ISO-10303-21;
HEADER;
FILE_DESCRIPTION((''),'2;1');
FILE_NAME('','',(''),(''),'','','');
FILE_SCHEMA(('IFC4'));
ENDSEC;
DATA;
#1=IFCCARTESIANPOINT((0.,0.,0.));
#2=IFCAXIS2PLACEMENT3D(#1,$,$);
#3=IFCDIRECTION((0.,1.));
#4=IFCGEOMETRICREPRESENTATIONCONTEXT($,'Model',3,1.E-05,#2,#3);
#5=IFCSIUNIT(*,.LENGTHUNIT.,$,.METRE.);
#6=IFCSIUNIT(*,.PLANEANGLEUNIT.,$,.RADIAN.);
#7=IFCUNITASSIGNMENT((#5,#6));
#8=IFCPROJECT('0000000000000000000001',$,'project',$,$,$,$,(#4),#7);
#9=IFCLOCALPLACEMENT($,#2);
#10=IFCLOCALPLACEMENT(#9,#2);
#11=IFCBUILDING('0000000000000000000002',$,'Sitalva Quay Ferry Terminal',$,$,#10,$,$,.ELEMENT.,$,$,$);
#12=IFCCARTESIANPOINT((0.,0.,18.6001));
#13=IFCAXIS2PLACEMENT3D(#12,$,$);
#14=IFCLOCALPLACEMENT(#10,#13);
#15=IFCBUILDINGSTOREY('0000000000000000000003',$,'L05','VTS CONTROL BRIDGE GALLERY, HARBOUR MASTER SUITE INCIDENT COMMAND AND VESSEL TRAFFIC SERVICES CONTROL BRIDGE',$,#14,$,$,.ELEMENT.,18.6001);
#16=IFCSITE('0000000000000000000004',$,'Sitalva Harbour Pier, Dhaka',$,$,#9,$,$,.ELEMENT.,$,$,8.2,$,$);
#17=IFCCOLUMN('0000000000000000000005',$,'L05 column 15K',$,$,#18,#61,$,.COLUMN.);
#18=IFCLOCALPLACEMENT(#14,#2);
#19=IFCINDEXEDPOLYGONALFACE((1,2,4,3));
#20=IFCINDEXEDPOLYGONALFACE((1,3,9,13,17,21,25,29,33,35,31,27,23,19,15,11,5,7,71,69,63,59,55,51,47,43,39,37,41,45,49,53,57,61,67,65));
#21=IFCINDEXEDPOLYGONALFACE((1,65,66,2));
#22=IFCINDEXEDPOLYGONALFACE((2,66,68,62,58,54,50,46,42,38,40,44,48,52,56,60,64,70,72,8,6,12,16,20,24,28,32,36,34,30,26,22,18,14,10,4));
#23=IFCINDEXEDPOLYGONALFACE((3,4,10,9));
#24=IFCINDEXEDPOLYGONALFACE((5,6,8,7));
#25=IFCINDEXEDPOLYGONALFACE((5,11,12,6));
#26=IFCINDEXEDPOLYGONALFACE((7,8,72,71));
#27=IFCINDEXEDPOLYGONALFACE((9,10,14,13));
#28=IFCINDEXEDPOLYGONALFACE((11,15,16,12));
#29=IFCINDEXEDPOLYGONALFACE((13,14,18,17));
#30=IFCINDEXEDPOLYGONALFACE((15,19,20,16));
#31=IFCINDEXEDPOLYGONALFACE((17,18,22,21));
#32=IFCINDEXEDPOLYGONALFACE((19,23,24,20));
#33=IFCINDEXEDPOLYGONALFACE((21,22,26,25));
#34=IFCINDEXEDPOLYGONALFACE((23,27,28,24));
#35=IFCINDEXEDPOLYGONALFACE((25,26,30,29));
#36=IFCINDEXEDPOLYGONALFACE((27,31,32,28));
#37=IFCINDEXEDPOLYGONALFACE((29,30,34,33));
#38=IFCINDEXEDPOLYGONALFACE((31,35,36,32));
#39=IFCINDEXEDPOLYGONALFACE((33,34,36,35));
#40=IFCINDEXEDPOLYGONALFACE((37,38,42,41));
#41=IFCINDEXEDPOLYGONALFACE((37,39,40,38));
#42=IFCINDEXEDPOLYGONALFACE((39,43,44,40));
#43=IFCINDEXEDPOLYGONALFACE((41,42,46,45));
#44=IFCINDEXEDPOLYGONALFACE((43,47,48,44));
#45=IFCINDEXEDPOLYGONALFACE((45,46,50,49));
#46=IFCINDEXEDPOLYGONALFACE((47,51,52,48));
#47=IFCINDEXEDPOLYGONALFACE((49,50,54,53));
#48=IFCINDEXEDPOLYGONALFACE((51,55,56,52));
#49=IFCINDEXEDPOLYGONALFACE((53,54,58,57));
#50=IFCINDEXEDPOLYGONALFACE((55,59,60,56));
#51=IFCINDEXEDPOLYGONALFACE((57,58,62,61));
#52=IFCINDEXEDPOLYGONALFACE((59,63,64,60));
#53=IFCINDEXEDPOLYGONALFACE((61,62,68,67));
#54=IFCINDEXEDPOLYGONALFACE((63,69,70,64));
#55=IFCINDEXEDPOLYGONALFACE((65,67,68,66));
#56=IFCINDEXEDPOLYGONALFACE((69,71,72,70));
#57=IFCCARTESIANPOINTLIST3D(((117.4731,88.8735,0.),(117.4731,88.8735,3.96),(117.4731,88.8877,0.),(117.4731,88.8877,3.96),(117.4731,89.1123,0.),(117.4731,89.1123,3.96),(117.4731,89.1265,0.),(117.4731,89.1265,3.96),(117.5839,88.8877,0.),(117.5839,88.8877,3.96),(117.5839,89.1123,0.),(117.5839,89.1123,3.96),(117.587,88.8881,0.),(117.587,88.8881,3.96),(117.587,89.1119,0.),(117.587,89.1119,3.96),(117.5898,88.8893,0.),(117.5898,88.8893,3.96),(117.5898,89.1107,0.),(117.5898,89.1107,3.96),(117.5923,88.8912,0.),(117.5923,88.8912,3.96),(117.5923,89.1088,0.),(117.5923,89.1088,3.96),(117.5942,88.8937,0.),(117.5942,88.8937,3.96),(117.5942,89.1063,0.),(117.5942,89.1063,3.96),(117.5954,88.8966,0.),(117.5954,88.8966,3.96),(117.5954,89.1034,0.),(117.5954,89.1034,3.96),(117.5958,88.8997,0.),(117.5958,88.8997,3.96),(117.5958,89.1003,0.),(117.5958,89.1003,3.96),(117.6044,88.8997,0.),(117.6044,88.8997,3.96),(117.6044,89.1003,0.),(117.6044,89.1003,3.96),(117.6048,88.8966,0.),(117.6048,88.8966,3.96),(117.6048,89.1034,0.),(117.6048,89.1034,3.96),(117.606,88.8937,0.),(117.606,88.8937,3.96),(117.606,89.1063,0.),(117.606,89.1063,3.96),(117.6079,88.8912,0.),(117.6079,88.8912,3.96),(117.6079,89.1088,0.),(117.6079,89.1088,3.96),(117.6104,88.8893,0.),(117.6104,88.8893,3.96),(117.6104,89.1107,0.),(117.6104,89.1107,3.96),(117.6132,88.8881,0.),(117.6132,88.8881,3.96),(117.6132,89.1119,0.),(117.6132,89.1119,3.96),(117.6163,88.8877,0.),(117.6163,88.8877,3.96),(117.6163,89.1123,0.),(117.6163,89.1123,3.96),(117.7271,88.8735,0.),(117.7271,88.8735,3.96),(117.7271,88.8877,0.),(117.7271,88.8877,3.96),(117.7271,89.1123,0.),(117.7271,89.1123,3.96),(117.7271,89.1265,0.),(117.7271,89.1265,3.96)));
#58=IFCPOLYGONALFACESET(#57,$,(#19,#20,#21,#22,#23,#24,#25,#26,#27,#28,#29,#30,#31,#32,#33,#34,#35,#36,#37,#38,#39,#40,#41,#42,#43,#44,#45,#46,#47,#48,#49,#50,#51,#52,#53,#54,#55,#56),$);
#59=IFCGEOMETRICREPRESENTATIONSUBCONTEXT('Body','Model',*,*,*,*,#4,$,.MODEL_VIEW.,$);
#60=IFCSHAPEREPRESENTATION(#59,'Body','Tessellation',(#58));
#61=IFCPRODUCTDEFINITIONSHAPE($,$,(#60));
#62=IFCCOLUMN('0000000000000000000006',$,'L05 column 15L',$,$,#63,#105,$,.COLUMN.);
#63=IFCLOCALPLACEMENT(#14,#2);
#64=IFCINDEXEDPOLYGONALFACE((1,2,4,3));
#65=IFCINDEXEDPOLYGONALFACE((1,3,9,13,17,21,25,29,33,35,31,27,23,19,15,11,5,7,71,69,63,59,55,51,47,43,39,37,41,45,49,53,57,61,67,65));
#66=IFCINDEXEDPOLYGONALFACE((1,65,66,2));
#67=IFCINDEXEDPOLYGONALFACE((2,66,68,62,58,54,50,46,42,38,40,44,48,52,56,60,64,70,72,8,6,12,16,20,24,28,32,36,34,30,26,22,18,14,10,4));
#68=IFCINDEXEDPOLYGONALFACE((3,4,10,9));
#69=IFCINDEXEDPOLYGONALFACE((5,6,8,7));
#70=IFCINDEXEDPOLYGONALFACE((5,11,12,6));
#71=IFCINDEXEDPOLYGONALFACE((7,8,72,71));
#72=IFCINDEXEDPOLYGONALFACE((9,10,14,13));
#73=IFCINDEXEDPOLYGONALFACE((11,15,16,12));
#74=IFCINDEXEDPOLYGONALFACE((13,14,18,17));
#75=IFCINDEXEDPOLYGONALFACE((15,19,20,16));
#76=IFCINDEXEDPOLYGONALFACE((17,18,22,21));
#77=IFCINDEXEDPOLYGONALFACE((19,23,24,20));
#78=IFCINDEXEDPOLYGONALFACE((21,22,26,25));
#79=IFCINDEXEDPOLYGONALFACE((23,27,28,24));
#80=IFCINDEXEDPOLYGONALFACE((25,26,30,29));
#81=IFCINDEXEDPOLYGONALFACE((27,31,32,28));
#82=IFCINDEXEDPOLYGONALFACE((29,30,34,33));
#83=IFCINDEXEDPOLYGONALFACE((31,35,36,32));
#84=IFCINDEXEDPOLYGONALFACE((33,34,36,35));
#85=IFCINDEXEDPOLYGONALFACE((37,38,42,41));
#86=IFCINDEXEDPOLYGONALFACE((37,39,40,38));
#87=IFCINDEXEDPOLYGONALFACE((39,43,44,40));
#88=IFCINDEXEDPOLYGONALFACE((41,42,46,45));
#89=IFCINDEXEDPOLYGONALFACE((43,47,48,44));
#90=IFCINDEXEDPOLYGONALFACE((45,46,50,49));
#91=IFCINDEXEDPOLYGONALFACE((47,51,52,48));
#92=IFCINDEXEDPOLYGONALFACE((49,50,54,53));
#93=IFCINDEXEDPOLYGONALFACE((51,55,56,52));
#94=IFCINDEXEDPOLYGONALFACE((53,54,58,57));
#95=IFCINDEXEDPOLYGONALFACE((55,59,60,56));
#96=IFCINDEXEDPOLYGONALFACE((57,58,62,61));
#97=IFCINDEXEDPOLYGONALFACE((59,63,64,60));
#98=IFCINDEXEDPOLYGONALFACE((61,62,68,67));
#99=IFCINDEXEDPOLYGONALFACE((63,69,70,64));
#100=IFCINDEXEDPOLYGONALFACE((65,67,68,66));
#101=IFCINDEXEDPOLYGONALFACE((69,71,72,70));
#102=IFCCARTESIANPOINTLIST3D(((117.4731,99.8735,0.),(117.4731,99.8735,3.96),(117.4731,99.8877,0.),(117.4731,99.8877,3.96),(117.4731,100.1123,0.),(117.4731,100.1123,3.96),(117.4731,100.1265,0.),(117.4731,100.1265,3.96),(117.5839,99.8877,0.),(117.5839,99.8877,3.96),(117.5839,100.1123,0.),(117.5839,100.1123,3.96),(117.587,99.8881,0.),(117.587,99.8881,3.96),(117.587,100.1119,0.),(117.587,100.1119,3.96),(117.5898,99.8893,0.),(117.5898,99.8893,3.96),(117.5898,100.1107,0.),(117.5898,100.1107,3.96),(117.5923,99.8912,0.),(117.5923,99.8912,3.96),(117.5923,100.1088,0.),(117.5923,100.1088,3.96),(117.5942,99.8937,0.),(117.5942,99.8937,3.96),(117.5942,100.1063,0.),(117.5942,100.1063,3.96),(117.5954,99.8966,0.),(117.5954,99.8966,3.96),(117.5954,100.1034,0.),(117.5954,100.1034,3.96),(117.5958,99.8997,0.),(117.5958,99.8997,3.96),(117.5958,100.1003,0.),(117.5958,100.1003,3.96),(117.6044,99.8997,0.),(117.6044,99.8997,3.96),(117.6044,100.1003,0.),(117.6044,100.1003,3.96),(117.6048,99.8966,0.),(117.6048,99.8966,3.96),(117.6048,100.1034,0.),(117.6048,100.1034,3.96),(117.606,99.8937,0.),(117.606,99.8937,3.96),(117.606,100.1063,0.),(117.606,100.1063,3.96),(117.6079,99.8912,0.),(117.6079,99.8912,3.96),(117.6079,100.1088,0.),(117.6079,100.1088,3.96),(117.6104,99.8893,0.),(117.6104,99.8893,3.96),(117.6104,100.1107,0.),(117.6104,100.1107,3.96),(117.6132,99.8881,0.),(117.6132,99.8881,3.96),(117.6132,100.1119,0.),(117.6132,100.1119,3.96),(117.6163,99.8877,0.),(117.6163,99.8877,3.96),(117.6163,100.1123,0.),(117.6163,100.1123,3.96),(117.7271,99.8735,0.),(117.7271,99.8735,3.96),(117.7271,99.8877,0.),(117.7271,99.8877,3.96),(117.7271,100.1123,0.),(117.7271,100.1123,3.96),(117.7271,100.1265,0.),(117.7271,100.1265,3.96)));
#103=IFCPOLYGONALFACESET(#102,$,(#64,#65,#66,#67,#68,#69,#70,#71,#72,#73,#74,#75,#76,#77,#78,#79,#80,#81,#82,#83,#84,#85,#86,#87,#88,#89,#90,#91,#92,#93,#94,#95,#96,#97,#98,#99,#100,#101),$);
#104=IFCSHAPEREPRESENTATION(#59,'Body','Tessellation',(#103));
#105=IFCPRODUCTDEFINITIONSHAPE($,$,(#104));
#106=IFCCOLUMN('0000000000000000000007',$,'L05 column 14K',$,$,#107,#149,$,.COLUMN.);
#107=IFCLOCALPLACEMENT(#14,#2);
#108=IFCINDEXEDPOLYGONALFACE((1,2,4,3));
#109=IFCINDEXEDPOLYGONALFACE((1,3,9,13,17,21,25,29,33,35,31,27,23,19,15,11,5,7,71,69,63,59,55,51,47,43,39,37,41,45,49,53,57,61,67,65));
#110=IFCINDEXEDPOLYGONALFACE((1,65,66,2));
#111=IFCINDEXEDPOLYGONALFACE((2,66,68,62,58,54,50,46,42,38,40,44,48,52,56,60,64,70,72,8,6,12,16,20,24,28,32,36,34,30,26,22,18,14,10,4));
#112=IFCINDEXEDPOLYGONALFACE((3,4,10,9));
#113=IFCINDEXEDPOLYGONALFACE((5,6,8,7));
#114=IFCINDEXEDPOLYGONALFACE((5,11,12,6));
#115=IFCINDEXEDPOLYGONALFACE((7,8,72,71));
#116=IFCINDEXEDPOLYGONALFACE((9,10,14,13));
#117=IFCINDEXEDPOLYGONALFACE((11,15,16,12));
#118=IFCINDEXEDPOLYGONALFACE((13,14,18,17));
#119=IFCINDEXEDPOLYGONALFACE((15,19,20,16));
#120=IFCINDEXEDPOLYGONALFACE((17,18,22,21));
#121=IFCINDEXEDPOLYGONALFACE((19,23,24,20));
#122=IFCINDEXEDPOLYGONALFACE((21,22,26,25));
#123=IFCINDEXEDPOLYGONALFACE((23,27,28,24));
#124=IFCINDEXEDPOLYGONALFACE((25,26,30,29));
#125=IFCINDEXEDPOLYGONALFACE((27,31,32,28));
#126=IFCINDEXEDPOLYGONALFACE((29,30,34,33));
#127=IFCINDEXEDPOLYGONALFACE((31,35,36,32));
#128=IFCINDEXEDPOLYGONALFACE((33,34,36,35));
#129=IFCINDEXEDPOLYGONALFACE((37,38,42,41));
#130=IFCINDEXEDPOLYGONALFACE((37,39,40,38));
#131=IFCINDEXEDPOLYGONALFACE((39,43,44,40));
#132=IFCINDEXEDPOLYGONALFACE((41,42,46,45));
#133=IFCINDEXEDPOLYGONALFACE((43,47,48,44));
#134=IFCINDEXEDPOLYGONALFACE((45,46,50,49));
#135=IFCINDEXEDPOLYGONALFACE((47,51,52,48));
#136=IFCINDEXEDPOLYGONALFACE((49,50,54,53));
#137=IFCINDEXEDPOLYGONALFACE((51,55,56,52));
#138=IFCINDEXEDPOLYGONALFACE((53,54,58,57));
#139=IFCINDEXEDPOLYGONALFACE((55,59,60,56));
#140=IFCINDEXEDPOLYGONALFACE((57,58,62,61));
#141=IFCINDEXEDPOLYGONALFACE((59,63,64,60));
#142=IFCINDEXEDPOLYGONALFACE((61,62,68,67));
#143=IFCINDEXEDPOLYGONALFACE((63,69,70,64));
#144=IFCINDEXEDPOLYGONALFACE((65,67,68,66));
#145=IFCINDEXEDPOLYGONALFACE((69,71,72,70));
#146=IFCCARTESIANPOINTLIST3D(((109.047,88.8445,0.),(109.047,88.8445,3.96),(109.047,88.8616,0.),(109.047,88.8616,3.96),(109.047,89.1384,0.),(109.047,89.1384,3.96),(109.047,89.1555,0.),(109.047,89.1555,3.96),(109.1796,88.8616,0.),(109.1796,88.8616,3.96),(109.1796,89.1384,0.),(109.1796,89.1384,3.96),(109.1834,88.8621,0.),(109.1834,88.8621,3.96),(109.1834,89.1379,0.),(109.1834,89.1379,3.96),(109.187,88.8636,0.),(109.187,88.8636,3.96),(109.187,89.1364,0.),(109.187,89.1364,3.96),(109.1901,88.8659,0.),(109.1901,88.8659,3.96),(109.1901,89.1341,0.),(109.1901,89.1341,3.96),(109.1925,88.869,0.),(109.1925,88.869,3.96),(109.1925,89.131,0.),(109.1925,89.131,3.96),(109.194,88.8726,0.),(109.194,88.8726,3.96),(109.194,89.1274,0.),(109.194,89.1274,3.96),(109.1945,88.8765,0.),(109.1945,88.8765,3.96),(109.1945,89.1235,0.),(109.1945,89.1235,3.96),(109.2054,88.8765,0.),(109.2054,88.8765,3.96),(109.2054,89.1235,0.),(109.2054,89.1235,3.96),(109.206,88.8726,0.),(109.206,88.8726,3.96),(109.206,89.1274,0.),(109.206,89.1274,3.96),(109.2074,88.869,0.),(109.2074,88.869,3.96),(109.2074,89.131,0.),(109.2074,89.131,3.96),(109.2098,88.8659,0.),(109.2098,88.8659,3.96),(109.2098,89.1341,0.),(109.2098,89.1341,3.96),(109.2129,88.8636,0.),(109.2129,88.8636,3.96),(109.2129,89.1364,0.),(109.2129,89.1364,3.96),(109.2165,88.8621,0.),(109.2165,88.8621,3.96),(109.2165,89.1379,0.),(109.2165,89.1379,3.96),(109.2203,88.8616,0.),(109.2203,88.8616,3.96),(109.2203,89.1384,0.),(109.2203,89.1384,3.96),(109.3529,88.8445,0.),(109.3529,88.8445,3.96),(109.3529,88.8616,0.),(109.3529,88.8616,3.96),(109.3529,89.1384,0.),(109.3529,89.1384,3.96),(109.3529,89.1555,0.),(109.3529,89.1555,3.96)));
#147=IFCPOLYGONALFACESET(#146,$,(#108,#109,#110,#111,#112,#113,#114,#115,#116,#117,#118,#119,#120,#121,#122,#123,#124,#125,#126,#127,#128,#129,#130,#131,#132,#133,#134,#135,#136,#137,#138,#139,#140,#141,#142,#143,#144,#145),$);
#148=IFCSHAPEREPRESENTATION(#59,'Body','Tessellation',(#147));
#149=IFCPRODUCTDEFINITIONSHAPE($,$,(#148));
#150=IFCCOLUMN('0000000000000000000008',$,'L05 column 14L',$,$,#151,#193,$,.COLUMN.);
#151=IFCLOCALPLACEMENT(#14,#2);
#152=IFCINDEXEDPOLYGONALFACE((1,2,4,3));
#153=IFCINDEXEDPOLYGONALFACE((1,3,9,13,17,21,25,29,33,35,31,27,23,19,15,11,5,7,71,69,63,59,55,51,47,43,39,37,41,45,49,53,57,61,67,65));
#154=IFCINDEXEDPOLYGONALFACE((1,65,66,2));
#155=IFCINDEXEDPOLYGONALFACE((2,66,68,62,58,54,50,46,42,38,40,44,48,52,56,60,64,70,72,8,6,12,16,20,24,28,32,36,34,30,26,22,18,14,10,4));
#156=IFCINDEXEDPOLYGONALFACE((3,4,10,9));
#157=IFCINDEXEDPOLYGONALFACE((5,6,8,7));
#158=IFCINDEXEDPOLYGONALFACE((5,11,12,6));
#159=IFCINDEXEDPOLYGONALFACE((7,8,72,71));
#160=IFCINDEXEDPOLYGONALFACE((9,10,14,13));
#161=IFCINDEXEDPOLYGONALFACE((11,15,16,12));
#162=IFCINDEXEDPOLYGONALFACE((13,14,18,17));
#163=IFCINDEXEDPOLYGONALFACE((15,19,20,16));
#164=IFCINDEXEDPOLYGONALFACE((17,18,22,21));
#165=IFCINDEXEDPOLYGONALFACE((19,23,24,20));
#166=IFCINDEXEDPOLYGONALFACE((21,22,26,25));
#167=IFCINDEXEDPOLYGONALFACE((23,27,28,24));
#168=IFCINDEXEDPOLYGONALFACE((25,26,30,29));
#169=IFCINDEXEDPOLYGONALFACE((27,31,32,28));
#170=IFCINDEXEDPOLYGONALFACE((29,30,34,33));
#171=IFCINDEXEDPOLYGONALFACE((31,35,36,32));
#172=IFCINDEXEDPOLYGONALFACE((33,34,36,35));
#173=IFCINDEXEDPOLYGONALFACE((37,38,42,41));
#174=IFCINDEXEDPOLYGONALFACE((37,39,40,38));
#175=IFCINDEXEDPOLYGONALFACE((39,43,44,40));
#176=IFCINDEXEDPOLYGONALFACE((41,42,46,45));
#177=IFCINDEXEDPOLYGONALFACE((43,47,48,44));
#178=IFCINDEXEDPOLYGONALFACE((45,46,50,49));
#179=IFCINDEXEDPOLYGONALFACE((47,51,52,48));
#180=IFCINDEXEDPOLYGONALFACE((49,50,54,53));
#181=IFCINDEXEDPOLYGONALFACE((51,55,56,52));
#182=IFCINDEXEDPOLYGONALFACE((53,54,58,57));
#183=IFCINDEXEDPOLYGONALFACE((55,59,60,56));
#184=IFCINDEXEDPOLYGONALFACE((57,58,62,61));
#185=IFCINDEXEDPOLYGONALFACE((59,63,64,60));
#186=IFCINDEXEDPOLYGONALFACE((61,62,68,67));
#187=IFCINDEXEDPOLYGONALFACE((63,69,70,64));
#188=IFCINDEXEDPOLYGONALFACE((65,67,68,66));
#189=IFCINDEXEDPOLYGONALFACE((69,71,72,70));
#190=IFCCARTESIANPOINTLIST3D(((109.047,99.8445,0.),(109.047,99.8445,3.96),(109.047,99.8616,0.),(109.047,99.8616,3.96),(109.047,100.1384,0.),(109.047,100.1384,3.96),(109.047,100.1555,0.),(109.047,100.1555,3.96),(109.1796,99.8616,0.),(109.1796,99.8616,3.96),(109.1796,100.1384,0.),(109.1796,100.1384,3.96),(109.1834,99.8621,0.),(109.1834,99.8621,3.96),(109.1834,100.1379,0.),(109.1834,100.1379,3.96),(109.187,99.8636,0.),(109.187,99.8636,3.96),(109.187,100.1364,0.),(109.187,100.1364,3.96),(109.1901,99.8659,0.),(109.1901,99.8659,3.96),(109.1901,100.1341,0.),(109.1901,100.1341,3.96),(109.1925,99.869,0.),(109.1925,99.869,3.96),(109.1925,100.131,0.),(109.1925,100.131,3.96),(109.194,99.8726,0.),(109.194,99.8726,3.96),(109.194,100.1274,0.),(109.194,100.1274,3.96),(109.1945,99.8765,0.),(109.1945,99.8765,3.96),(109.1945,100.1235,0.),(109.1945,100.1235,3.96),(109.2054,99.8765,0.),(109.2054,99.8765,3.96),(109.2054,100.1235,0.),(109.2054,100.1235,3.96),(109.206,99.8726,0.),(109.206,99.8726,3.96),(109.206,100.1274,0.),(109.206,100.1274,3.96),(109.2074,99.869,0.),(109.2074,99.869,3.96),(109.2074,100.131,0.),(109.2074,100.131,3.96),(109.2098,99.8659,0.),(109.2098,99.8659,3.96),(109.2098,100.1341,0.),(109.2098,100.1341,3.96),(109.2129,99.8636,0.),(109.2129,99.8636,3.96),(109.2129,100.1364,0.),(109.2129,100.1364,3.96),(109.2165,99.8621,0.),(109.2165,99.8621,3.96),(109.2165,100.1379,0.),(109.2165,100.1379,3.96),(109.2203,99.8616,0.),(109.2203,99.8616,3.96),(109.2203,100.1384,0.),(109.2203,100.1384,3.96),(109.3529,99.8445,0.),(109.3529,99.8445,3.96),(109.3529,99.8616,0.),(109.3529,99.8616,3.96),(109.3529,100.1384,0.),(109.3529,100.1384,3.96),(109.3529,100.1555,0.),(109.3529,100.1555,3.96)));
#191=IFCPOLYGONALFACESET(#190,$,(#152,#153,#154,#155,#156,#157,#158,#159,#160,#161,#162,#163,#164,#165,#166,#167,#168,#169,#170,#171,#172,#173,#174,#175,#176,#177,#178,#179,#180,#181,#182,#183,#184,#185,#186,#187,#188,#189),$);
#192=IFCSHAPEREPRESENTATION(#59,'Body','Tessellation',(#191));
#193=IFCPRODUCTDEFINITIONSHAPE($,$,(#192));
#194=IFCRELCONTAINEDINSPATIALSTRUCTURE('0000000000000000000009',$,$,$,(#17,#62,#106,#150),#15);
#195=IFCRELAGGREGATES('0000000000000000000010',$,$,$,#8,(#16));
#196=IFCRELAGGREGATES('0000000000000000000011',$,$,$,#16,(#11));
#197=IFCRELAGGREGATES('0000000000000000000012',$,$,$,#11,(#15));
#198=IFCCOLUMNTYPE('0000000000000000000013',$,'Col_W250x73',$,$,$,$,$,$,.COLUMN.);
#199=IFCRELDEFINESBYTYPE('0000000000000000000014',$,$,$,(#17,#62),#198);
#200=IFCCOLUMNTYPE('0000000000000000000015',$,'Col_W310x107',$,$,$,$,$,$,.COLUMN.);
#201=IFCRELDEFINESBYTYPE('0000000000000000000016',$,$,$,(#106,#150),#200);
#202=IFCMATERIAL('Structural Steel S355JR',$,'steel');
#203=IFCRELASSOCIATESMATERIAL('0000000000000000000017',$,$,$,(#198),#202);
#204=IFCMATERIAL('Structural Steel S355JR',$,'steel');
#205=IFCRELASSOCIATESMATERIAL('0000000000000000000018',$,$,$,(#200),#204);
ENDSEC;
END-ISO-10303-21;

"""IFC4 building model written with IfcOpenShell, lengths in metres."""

from ifc_helpers import new_model, si_unit, direction, frame, origin, origin_2d, place, context, subcontext, project, spatial, i_section, extrude, material, material_profile, profile_set, type_object, element, save


model = new_model("IFC4")

# Units and contexts
model_context = context("Model", 3, precision=1e-05, world=origin(), true_north=direction((0.0, 1.0)))
body_context = subcontext(model_context, "Body", "Model", "MODEL_VIEW")
ifc_project = project(units=[si_unit("LENGTHUNIT", "METRE"), si_unit("PLANEANGLEUNIT", "RADIAN")], contexts=[model_context])

# Site, building, storey
site_placement = place(None, origin())
site = spatial("IfcSite", under=ifc_project, at=site_placement, Name="Sitalva Harbour Pier, Dhaka", CompositionType="ELEMENT", RefElevation=8.2)
building_placement = place(site_placement, origin())
building = spatial("IfcBuilding", under=site, at=building_placement, Name="Sitalva Quay Ferry Terminal", CompositionType="ELEMENT")
storey_placement = place(building_placement, frame((0.0, 0.0, 18.6001)))
storey = spatial("IfcBuildingStorey", under=building, at=storey_placement, Name="L05", Description="VTS CONTROL BRIDGE GALLERY, HARBOUR MASTER SUITE INCIDENT COMMAND AND VESSEL TRAFFIC SERVICES CONTROL BRIDGE", CompositionType="ELEMENT", Elevation=18.6001)

# Columns
ifc_material_1 = material(Name="Structural Steel S355JR", Category="steel")
ifc_material_profile_1 = material_profile(ifc_material_1, i_section(OverallWidth=0.2539, OverallDepth=0.2529, WebThickness=0.0085, FlangeThickness=0.0142, FilletRadius=0.012, at=origin_2d()), Name="W250x73")
ifc_profile_set_1 = profile_set([ifc_material_profile_1], Name="Structural Steel S355JR")
column_type_1 = type_object("IfcColumnType", Name="Col_W250x73", PredefinedType="COLUMN", material=ifc_profile_set_1)
for number, where, z_axis, x_axis, name in (
    (1, (117.6001, 89.0, 0.0), (0.0, 0.0, 1.0), (1.0, 0.0, 0.0), "L05 column 15K"),
    (2, (117.6001, 100.0, 0.0), (0.0, 0.0, 1.0), (1.0, 0.0, 0.0), "L05 column 15L"),
):
    element("IfcColumn", number, at=place(storey_placement, frame(where, z_axis=z_axis, x_axis=x_axis)), inside=storey, type_object=column_type_1, Name=name, PredefinedType="COLUMN", context=body_context, shape_type="SweptSolid", body=[
        extrude(i_section(OverallWidth=0.2539, OverallDepth=0.2529, WebThickness=0.0085, FlangeThickness=0.0142, FilletRadius=0.012, at=origin_2d()), origin(), (0.0, 0.0, 1.0), 3.96),
    ])
ifc_material_2 = material(Name="Structural Steel S355JR", Category="steel")
ifc_material_profile_2 = material_profile(ifc_material_2, i_section(OverallWidth=0.3059, OverallDepth=0.311, WebThickness=0.011, FlangeThickness=0.0171, FilletRadius=0.0149, at=origin_2d()), Name="W310x107")
ifc_profile_set_2 = profile_set([ifc_material_profile_2], Name="Structural Steel S355JR")
column_type_2 = type_object("IfcColumnType", Name="Col_W310x107", PredefinedType="COLUMN", material=ifc_profile_set_2)
for number, where, z_axis, x_axis, name in (
    (3, (109.2, 89.0, 0.0), (0.0, 0.0, 1.0), (1.0, 0.0, 0.0), "L05 column 14K"),
    (4, (109.2, 100.0, 0.0), (0.0, 0.0, 1.0), (1.0, 0.0, 0.0), "L05 column 14L"),
):
    element("IfcColumn", number, at=place(storey_placement, frame(where, z_axis=z_axis, x_axis=x_axis)), inside=storey, type_object=column_type_2, Name=name, PredefinedType="COLUMN", context=body_context, shape_type="SweptSolid", body=[
        extrude(i_section(OverallWidth=0.3059, OverallDepth=0.311, WebThickness=0.011, FlangeThickness=0.0171, FilletRadius=0.0149, at=origin_2d()), origin(), (0.0, 0.0, 1.0), 3.96),
    ])

save(model, "model.ifc")
